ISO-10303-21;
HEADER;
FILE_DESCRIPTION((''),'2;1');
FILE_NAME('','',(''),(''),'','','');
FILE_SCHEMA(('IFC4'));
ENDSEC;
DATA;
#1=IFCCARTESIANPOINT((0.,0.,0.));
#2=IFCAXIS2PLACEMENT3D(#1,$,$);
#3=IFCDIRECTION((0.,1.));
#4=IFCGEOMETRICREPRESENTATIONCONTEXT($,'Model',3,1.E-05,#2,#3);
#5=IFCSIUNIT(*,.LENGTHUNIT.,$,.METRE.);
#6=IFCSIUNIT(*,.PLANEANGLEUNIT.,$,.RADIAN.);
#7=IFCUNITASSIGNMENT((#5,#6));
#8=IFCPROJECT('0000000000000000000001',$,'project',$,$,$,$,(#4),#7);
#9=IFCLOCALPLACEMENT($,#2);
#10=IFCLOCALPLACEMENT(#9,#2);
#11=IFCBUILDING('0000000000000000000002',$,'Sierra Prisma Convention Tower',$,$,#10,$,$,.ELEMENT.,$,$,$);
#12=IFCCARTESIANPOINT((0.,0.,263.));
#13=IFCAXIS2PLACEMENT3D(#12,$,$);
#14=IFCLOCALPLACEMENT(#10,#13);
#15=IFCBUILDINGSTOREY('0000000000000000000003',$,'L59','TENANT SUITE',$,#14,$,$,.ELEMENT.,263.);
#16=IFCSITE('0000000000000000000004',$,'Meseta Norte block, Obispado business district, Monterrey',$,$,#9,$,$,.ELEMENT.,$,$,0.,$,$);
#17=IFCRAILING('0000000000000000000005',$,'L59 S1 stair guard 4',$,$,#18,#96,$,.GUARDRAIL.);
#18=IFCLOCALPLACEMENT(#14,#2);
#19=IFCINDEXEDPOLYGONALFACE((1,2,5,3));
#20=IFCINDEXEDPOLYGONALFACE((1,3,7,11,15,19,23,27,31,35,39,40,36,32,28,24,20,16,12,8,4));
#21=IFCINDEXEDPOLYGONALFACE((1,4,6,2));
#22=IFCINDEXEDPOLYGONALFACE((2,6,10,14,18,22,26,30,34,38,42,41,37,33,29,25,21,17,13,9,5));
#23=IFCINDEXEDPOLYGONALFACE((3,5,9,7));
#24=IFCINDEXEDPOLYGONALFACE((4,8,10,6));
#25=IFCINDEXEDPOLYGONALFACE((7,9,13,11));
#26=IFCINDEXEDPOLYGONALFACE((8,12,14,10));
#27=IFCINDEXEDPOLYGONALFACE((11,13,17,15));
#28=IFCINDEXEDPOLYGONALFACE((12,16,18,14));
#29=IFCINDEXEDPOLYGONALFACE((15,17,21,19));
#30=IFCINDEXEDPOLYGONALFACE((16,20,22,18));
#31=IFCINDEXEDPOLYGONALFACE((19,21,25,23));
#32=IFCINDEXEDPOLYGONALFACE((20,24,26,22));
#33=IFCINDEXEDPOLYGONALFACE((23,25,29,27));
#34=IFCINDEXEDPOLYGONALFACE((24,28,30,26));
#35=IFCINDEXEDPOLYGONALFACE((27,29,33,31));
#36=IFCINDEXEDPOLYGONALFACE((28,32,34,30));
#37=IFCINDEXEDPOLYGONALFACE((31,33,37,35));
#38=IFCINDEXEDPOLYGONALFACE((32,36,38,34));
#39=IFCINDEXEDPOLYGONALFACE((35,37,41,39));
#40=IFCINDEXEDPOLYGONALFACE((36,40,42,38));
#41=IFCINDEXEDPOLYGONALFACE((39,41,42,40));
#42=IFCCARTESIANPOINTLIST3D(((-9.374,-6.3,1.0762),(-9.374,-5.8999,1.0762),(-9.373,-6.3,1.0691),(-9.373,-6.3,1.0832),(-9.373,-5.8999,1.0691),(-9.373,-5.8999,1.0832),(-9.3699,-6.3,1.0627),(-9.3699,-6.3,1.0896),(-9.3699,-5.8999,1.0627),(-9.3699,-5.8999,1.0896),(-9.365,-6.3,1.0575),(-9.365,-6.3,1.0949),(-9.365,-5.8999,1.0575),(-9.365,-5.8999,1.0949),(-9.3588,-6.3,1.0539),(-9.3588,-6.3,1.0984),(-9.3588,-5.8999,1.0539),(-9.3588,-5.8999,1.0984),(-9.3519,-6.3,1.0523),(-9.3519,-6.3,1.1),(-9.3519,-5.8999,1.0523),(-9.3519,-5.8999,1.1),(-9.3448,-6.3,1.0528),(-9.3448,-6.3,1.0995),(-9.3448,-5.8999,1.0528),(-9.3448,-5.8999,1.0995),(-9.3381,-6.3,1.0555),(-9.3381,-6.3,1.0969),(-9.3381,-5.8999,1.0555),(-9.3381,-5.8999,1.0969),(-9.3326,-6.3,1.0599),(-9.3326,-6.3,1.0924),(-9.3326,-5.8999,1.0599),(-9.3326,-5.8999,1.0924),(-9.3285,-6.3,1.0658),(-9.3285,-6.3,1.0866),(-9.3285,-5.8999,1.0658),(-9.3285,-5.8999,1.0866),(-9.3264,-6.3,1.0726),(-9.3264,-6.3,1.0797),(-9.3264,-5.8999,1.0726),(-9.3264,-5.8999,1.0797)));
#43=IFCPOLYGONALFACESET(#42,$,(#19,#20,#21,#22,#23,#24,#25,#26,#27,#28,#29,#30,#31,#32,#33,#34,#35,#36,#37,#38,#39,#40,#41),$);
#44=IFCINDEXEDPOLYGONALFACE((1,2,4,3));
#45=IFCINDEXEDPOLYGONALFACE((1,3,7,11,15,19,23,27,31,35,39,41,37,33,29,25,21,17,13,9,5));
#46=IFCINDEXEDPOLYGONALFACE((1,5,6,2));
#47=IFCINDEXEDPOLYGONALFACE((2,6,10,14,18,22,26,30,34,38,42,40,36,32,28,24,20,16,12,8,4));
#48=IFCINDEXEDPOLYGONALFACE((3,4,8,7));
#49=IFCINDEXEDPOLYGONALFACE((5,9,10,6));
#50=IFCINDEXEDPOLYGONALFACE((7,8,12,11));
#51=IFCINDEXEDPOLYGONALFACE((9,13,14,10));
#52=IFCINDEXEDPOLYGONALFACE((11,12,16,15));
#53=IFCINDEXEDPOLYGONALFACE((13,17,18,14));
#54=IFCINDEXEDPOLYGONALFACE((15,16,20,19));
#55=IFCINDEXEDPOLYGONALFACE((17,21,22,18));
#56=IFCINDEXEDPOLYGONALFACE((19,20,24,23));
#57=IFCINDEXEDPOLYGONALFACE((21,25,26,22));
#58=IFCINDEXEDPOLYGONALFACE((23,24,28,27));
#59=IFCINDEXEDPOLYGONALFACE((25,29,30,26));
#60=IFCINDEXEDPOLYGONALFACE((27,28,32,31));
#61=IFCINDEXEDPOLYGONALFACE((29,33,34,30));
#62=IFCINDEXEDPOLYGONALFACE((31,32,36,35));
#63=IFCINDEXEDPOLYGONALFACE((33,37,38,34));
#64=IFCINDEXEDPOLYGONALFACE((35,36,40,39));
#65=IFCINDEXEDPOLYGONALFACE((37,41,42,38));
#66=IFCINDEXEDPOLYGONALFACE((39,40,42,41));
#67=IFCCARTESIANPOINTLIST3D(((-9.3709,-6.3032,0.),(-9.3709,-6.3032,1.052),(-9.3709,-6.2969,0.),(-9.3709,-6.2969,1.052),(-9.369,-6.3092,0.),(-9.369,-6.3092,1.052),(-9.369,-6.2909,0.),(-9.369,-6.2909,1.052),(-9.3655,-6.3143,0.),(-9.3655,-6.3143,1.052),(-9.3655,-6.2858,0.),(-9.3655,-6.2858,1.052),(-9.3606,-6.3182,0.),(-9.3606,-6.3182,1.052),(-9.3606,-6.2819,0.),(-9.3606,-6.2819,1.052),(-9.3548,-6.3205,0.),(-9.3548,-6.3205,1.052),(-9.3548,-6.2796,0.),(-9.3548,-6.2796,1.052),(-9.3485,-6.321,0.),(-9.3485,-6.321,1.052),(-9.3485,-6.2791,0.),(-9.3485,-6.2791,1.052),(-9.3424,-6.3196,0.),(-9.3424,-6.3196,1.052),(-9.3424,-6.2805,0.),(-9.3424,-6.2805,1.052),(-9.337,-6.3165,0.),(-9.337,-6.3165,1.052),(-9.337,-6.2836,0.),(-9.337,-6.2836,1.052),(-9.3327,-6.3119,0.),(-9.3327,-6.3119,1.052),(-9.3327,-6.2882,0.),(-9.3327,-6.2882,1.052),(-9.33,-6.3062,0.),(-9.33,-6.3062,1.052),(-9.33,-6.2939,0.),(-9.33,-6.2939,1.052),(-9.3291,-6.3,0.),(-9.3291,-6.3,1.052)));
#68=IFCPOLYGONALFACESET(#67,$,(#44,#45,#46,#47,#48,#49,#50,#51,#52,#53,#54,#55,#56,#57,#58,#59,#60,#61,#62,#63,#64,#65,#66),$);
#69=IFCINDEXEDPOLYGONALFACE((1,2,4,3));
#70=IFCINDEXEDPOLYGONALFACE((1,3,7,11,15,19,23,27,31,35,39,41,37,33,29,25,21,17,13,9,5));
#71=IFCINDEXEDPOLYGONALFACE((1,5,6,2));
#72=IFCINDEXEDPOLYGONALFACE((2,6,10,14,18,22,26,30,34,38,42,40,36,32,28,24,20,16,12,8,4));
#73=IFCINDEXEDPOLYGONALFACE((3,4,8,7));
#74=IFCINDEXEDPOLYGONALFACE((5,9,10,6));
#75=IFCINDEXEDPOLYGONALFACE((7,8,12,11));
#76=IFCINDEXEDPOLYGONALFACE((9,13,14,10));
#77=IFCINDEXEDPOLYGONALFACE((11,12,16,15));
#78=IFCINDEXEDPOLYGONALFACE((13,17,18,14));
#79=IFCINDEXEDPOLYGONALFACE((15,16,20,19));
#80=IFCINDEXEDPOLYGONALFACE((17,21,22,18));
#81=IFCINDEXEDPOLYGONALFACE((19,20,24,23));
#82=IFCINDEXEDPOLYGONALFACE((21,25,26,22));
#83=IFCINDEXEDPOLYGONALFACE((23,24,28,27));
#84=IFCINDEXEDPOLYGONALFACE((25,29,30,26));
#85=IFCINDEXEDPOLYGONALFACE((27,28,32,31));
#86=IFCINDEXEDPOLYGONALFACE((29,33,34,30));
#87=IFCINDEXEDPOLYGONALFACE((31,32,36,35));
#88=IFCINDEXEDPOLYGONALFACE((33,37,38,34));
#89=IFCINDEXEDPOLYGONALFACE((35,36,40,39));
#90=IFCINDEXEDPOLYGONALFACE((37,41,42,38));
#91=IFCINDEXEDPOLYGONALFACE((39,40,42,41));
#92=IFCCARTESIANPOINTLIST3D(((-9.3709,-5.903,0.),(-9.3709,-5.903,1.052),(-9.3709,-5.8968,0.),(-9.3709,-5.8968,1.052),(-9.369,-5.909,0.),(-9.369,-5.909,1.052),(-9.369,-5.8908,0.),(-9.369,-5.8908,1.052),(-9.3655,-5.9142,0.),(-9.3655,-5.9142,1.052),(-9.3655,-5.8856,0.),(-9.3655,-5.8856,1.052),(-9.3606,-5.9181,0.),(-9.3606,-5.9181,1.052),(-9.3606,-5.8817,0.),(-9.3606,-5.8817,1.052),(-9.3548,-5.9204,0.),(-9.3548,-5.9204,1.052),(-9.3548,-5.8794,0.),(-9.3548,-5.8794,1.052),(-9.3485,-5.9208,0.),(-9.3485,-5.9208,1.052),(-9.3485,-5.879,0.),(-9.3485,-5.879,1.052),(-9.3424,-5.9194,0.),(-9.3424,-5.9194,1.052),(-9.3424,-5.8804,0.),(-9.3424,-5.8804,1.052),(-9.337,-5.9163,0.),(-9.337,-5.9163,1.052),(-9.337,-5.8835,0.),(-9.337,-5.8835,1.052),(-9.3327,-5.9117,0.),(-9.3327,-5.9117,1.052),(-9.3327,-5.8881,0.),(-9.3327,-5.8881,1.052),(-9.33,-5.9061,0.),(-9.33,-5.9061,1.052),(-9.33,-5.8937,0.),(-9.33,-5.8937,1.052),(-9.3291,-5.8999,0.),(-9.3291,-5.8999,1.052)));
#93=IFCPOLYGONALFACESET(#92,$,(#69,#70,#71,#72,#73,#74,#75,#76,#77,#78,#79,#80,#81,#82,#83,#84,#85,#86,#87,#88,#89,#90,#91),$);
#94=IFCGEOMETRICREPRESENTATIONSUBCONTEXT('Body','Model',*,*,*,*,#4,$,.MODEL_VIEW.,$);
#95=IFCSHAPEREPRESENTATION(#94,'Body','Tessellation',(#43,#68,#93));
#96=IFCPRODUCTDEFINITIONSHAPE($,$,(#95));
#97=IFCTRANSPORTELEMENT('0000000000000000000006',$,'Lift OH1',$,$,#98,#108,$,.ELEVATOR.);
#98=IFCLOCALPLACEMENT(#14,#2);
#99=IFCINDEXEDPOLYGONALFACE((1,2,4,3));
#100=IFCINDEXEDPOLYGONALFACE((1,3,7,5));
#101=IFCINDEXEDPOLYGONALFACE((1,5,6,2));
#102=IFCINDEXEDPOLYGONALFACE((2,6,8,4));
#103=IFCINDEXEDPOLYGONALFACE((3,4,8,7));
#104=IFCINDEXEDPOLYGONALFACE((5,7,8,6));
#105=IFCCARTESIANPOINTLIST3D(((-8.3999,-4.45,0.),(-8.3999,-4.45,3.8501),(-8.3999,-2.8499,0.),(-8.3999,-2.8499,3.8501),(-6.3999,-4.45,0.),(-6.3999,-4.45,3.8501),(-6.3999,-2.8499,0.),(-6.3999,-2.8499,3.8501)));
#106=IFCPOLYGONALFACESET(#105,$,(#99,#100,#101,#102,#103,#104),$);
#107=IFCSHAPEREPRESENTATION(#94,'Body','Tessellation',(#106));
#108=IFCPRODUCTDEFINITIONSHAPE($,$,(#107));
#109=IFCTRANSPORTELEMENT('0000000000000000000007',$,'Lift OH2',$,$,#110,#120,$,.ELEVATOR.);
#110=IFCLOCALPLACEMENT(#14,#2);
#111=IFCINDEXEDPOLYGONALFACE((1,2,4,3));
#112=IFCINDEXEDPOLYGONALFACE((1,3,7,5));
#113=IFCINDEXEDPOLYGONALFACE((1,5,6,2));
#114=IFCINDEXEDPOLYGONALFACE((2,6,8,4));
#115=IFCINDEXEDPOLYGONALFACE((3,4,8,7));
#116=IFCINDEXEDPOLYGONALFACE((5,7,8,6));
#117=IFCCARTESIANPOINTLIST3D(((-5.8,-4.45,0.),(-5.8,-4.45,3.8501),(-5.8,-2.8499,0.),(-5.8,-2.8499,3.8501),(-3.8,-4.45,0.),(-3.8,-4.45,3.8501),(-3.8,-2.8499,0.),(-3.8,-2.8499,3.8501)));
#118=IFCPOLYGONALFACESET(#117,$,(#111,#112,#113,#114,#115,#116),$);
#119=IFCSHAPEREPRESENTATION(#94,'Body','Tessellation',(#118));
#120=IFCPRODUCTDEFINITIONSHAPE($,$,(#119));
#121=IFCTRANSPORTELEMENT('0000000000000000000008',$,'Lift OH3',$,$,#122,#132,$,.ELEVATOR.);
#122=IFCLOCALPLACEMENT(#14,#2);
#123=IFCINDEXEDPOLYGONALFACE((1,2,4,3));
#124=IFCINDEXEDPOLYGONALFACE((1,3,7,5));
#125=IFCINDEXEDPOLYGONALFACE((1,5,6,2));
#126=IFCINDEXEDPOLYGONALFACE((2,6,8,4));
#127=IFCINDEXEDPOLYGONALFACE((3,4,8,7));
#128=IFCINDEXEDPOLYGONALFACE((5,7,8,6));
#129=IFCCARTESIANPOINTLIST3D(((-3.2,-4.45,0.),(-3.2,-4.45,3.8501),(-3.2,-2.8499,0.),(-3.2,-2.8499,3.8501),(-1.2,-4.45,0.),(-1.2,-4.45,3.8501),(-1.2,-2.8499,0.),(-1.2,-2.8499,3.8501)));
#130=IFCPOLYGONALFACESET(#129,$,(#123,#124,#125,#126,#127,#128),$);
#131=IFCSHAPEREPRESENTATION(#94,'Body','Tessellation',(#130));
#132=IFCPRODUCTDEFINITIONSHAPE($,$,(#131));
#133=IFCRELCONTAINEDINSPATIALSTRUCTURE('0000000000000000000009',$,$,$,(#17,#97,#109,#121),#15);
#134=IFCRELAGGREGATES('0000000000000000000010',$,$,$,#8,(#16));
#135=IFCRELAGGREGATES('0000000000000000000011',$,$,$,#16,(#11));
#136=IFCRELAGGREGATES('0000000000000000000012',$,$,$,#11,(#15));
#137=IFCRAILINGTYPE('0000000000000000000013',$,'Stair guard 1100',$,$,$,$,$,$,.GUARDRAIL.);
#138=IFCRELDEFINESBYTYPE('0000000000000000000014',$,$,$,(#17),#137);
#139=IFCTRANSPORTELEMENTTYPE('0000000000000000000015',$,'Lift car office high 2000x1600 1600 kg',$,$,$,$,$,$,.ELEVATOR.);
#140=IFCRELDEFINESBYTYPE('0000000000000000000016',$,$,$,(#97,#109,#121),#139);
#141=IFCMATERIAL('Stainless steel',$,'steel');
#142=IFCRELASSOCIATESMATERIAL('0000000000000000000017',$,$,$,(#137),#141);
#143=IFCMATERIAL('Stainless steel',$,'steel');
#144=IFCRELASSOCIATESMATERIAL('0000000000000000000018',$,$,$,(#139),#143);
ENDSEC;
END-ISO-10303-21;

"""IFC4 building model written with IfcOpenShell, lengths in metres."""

from ifc_helpers import new_model, si_unit, direction, frame, origin, origin_2d, place, context, subcontext, project, spatial, rectangle, circle, extrude, material, type_object, element, save


model = new_model("IFC4")

# Units and contexts
model_context = context("Model", 3, precision=1e-05, world=origin(), true_north=direction((0.0, 1.0)))
body_context = subcontext(model_context, "Body", "Model", "MODEL_VIEW")
ifc_project = project(units=[si_unit("LENGTHUNIT", "METRE"), si_unit("PLANEANGLEUNIT", "RADIAN")], contexts=[model_context])

# Site, building, storey
site_placement = place(None, origin())
site = spatial("IfcSite", under=ifc_project, at=site_placement, Name="Meseta Norte block, Obispado business district, Monterrey", CompositionType="ELEMENT", RefElevation=0.0)
building_placement = place(site_placement, origin())
building = spatial("IfcBuilding", under=site, at=building_placement, Name="Sierra Prisma Convention Tower", CompositionType="ELEMENT")
storey_placement = place(building_placement, frame((0.0, 0.0, 263.0)))
storey = spatial("IfcBuildingStorey", under=building, at=storey_placement, Name="L59", Description="TENANT SUITE", CompositionType="ELEMENT", Elevation=263.0)

# Railing
ifc_material_1 = material(Name="Stainless steel", Category="steel")
railing_type_1 = type_object("IfcRailingType", Name="Stair guard 1100", PredefinedType="GUARDRAIL", material=ifc_material_1)
railing_1_placement = place(storey_placement, frame((-9.3501, -6.3, 0.0)))
element("IfcRailing", 1, at=railing_1_placement, inside=storey, type_object=railing_type_1, Name="L59 S1 stair guard 4", PredefinedType="GUARDRAIL", context=body_context, shape_type="SweptSolid", body=[
    extrude(circle(Radius=0.0239, at=origin_2d()), frame((0.0, 0.0, 1.0762), z_axis=(0.0, 1.0, 0.0), x_axis=(-1.0, 0.0, 0.0)), (0.0, 0.0, 1.0), 0.4001),
    extrude(circle(Radius=0.021, at=origin_2d()), origin(), (0.0, 0.0, 1.0), 1.052),
    extrude(circle(Radius=0.021, at=origin_2d()), frame((0.0, 0.4001, 0.0)), (0.0, 0.0, 1.0), 1.052),
])

# Transport elements
ifc_material_2 = material(Name="Stainless steel", Category="steel")
transport_element_type = type_object("IfcTransportElementType", Name="Lift car office high 2000x1600 1600 kg", PredefinedType="ELEVATOR", material=ifc_material_2)
for number, where, z_axis, x_axis, name in (
    (2, (-7.3999, -3.6499, 0.0), (0.0, 0.0, 1.0), (1.0, 0.0, 0.0), "Lift OH1"),
    (3, (-4.8, -3.6499, 0.0), (0.0, 0.0, 1.0), (1.0, 0.0, 0.0), "Lift OH2"),
    (4, (-2.2, -3.6499, 0.0), (0.0, 0.0, 1.0), (1.0, 0.0, 0.0), "Lift OH3"),
):
    element("IfcTransportElement", number, at=place(storey_placement, frame(where, z_axis=z_axis, x_axis=x_axis)), inside=storey, type_object=transport_element_type, Name=name, PredefinedType="ELEVATOR", context=body_context, shape_type="SweptSolid", body=[
        extrude(rectangle(XDim=2.0, YDim=1.6001, at=origin_2d()), origin(), (0.0, 0.0, 1.0), 3.8501),
    ])

save(model, "model.ifc")
